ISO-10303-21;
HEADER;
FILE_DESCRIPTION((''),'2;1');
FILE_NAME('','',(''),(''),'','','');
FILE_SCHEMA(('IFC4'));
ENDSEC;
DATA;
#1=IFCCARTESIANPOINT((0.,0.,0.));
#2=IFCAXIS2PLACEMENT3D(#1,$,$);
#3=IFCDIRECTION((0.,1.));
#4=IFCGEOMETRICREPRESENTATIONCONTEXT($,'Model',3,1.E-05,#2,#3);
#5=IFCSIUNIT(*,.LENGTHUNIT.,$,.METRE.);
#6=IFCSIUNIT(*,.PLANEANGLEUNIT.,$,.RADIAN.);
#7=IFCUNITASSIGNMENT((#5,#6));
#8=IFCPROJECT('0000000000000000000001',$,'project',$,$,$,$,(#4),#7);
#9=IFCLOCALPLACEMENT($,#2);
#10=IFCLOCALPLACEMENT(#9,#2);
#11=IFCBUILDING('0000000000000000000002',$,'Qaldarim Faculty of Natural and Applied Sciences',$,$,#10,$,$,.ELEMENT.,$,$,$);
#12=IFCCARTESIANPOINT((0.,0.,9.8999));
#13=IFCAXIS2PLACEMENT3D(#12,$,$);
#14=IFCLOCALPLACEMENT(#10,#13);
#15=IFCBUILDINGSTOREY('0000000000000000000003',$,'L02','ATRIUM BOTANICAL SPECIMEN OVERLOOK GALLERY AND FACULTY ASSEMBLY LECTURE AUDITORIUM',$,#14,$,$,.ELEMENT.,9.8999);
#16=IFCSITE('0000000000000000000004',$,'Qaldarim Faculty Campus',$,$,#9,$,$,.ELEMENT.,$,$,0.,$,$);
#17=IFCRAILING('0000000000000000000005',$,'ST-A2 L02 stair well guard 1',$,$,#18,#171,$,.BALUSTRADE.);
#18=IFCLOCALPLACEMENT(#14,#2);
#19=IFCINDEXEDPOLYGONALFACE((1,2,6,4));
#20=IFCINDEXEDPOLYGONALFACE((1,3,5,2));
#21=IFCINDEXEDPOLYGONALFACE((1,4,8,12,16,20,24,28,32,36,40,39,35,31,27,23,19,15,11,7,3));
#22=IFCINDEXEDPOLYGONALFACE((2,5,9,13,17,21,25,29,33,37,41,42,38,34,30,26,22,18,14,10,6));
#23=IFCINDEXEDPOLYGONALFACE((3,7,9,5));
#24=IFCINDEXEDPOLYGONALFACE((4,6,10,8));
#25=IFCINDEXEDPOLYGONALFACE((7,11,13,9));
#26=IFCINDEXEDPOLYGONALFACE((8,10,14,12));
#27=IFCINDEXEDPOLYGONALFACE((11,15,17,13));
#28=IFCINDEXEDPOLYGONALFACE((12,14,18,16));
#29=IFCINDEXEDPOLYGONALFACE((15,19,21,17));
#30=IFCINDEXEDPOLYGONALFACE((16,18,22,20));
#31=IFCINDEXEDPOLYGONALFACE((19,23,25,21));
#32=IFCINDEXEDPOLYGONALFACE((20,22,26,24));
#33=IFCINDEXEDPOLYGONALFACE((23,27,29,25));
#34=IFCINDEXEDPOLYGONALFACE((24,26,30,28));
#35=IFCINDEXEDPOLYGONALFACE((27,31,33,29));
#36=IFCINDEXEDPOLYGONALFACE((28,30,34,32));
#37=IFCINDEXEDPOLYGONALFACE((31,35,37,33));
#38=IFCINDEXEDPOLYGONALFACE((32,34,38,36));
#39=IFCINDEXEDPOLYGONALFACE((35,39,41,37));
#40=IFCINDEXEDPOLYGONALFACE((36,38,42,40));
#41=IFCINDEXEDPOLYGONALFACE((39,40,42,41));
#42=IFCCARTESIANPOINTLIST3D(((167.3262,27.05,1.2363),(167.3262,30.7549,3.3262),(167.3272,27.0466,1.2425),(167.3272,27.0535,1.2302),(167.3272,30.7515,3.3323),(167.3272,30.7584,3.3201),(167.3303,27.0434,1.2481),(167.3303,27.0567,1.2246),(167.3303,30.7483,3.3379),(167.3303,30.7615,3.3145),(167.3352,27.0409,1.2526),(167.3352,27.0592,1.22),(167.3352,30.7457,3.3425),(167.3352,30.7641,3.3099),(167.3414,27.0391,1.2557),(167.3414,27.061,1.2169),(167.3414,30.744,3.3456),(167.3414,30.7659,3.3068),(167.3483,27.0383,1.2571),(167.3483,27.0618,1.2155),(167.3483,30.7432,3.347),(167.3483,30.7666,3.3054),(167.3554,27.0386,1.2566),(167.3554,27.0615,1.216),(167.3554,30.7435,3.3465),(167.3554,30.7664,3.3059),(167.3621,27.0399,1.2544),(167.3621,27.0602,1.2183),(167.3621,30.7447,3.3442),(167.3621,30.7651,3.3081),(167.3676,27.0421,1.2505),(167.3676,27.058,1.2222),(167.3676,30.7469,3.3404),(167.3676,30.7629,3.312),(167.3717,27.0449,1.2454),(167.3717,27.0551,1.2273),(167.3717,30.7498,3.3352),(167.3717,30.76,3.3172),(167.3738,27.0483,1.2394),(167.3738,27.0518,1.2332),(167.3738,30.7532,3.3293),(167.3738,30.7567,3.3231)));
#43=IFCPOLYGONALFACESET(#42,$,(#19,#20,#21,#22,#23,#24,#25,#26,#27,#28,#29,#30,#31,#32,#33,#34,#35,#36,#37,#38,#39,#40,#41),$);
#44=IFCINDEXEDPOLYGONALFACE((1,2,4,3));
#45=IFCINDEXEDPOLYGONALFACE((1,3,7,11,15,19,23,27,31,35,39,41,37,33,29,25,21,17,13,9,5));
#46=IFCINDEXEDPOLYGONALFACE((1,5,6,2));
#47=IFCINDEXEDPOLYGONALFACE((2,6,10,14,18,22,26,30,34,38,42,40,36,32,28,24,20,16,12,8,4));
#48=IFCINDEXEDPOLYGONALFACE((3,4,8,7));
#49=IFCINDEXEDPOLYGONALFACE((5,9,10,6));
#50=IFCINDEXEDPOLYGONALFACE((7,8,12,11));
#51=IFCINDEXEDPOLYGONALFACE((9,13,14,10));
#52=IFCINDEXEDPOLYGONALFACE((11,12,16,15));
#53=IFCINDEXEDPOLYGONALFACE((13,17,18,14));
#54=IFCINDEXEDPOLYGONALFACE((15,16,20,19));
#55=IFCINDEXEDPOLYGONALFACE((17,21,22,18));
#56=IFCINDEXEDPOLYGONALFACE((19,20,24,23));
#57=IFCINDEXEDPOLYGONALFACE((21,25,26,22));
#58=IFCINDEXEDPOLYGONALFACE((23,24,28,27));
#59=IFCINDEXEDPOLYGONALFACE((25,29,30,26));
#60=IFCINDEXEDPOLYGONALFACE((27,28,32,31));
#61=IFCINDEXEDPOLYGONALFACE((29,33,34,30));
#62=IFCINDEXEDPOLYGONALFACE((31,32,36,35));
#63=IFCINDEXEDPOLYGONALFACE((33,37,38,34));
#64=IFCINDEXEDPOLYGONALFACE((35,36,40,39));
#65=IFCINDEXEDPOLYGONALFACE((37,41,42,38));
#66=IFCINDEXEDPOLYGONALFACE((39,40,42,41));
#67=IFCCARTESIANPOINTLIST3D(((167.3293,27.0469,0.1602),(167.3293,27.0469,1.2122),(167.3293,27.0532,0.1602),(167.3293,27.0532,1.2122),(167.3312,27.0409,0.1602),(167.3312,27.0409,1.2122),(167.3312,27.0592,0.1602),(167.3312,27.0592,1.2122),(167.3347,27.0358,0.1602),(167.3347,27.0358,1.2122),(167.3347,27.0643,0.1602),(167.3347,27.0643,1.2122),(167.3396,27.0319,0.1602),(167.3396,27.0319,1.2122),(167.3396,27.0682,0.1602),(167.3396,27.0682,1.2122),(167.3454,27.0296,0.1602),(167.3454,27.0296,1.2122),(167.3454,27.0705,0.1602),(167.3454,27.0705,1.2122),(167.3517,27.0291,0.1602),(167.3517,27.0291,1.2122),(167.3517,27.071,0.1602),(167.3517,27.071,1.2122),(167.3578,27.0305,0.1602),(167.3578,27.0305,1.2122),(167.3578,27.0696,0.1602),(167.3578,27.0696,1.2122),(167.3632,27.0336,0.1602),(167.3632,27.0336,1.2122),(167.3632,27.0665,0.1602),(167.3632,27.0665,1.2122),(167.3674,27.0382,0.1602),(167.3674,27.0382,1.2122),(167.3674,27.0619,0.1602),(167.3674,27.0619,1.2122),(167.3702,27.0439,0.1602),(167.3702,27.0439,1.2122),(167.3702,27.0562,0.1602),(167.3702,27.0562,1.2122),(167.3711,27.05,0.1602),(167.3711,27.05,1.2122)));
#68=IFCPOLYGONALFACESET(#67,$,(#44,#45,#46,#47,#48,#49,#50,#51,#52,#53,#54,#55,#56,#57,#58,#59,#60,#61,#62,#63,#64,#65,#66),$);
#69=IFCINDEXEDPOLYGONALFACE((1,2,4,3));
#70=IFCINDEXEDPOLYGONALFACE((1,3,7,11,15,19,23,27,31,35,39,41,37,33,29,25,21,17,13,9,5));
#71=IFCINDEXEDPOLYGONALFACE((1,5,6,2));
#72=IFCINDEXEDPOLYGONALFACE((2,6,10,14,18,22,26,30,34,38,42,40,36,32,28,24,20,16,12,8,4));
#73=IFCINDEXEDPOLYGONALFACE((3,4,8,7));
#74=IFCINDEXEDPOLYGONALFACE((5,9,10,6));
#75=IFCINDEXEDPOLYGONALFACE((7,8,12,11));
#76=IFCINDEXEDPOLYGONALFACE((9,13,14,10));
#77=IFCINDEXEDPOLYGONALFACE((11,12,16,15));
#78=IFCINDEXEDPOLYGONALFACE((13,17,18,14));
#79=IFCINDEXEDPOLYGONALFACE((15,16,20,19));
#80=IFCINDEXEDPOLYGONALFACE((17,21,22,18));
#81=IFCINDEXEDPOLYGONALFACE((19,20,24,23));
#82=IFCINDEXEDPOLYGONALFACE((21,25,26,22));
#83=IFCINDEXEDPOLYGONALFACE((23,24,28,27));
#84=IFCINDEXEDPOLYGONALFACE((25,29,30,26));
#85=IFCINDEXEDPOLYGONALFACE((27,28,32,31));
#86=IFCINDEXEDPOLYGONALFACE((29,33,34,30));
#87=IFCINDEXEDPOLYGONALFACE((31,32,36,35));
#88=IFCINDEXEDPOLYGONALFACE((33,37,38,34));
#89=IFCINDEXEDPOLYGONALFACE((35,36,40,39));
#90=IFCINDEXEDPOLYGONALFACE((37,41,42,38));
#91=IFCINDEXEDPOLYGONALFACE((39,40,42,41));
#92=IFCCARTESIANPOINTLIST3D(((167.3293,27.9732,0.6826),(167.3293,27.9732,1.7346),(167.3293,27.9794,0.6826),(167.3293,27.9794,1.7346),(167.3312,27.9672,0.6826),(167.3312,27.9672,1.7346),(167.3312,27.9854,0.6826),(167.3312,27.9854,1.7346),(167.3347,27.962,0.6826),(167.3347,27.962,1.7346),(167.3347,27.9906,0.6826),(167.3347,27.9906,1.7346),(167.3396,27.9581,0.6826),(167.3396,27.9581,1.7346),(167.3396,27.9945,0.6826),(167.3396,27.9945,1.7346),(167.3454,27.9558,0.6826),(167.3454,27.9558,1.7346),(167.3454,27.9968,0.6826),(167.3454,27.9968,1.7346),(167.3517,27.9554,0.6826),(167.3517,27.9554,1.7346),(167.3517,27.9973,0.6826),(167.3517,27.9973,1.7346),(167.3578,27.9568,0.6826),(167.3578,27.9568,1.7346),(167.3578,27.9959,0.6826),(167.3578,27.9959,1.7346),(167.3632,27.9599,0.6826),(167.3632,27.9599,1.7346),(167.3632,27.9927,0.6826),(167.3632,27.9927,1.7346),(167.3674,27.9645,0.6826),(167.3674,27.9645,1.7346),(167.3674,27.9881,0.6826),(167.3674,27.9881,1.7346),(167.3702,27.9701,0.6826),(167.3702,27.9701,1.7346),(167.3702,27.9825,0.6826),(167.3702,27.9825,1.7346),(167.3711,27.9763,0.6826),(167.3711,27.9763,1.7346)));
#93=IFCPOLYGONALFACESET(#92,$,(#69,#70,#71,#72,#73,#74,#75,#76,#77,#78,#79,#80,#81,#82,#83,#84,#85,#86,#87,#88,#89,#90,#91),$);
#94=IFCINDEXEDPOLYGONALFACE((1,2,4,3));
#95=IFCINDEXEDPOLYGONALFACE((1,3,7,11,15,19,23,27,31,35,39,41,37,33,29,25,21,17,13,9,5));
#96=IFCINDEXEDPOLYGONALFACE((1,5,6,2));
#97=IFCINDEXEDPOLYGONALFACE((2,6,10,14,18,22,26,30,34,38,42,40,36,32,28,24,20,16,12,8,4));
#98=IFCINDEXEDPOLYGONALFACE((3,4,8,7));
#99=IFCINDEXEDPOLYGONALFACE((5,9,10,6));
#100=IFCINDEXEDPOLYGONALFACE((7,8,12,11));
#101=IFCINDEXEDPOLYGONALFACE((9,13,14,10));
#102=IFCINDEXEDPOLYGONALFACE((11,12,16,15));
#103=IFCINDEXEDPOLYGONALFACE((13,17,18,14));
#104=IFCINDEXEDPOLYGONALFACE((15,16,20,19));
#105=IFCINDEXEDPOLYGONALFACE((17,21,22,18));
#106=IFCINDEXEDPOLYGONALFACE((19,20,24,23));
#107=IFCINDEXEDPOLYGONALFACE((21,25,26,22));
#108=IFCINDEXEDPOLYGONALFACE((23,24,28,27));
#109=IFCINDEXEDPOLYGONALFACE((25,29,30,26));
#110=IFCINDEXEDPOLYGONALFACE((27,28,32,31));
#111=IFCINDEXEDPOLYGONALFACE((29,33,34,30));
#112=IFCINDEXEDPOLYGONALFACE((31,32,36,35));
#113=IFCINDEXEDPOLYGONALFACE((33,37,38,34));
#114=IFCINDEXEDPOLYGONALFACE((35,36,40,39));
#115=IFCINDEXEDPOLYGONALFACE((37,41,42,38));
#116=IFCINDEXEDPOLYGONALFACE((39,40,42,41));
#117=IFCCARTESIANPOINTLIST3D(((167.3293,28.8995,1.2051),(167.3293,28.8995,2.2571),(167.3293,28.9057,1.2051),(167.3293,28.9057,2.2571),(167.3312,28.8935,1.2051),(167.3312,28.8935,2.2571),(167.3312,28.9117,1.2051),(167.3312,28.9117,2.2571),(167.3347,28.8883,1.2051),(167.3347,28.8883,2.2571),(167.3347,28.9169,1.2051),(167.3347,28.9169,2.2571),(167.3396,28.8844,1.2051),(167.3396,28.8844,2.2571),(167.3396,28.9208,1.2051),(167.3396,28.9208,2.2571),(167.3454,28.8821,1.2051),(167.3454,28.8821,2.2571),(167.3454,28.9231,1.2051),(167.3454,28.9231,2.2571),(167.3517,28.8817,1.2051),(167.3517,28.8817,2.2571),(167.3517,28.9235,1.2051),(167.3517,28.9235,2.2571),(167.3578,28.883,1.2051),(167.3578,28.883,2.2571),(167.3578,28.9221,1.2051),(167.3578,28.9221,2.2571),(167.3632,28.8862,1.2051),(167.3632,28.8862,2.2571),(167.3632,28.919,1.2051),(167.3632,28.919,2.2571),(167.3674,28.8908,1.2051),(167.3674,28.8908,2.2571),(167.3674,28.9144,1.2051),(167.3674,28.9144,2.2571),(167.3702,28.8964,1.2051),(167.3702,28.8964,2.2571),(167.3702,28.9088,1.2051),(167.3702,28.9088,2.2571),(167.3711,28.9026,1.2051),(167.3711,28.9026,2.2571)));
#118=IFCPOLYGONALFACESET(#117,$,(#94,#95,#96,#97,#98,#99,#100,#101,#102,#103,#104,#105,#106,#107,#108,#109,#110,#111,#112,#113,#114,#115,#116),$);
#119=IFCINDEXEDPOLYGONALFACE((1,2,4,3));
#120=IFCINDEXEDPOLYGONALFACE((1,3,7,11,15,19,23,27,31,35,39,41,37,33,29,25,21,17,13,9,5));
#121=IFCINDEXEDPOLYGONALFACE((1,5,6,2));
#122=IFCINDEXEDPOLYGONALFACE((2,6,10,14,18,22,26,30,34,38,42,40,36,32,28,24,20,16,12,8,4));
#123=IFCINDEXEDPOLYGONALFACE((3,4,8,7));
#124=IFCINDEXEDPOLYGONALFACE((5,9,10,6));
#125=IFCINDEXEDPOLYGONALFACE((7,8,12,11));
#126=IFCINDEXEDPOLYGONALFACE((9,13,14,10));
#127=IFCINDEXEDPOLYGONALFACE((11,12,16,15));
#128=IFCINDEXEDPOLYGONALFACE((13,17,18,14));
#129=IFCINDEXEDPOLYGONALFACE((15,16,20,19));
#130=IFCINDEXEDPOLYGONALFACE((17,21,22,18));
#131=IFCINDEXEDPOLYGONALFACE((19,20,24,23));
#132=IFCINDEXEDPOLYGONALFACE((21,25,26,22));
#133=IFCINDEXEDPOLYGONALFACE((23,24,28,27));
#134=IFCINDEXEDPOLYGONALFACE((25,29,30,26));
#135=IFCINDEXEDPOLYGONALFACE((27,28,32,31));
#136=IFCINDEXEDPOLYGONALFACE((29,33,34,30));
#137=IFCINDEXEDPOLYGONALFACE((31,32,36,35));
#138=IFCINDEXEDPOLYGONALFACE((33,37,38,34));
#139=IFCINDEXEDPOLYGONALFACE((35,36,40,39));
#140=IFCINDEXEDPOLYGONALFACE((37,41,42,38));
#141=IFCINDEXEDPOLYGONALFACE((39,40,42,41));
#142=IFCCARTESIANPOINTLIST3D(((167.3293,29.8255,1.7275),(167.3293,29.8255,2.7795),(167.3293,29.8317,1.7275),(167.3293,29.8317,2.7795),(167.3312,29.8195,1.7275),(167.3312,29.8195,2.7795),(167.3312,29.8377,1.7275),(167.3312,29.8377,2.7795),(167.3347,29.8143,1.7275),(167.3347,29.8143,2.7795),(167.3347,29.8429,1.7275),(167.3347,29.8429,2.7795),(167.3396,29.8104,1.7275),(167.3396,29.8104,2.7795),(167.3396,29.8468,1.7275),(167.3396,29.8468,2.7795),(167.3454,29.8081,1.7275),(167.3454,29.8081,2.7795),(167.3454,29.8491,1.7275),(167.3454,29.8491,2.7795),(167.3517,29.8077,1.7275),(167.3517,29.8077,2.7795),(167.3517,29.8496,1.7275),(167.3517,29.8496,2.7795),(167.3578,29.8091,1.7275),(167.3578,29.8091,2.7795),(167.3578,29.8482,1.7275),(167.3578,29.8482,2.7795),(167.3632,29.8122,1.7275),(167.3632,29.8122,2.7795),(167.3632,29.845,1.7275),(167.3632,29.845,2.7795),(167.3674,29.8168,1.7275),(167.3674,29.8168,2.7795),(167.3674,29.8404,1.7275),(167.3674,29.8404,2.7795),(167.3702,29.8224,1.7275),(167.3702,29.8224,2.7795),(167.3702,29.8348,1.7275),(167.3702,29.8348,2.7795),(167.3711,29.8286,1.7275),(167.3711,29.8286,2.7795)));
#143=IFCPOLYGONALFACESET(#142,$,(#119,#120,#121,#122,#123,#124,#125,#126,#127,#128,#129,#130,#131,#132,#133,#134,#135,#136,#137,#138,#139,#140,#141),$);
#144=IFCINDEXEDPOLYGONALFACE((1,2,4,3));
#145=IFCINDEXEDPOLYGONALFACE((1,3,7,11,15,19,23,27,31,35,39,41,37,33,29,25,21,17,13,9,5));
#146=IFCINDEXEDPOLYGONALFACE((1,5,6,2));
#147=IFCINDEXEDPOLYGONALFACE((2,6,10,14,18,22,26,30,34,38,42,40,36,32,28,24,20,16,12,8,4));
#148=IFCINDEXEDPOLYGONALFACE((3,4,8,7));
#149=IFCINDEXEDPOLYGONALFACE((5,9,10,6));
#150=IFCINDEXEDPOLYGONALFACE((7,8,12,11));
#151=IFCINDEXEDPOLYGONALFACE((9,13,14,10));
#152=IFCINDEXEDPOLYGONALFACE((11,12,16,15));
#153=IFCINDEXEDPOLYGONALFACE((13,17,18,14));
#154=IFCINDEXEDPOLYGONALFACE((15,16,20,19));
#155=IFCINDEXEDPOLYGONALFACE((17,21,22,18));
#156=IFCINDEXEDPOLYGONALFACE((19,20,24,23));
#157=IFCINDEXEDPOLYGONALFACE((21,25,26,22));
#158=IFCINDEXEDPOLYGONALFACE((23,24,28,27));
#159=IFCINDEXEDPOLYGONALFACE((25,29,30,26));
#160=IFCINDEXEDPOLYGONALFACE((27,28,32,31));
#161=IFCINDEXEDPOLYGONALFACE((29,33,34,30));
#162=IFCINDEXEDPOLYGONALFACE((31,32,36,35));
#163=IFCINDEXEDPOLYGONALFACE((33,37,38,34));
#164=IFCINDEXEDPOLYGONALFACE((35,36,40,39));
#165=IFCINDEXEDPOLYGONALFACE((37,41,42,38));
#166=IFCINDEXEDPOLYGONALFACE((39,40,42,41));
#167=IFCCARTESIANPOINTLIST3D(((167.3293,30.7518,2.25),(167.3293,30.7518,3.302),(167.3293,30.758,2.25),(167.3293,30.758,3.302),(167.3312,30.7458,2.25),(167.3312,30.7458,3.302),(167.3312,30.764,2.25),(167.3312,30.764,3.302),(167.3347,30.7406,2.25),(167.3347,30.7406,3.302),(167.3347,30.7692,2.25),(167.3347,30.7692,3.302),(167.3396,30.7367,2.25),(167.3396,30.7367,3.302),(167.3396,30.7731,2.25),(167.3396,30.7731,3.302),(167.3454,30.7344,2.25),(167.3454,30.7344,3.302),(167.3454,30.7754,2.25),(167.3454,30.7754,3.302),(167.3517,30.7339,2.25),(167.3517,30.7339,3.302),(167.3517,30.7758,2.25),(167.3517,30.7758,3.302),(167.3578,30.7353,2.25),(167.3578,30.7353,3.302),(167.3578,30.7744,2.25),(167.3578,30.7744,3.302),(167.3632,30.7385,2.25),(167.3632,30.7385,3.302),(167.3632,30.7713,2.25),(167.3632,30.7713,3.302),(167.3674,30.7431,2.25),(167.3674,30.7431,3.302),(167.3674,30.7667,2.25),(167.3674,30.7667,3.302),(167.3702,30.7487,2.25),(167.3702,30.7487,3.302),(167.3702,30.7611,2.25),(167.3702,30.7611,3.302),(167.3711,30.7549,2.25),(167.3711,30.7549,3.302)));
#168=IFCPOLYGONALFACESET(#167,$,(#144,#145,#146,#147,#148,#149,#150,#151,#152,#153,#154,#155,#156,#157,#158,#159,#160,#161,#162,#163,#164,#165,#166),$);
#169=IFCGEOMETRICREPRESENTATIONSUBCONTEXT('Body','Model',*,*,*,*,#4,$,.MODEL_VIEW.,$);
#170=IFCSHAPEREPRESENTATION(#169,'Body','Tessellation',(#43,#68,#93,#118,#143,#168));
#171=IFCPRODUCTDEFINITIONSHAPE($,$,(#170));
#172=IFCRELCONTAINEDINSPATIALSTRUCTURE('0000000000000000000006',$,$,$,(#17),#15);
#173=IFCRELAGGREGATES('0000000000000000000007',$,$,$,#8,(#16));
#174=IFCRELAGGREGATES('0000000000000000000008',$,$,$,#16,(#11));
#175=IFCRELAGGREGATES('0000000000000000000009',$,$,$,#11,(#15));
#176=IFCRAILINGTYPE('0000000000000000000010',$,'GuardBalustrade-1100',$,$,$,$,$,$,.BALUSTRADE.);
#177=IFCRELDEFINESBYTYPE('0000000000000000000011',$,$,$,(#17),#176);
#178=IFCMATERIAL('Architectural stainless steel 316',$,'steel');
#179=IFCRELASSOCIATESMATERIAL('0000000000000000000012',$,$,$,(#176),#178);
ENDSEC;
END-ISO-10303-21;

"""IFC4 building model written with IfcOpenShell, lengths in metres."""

from ifc_helpers import new_model, si_unit, direction, frame, origin, origin_2d, place, context, subcontext, project, spatial, circle, extrude, material, type_object, element, save


model = new_model("IFC4")

# Units and contexts
model_context = context("Model", 3, precision=1e-05, world=origin(), true_north=direction((0.0, 1.0)))
body_context = subcontext(model_context, "Body", "Model", "MODEL_VIEW")
ifc_project = project(units=[si_unit("LENGTHUNIT", "METRE"), si_unit("PLANEANGLEUNIT", "RADIAN")], contexts=[model_context])

# Site, building, storey
site_placement = place(None, origin())
site = spatial("IfcSite", under=ifc_project, at=site_placement, Name="Qaldarim Faculty Campus", CompositionType="ELEMENT", RefElevation=0.0)
building_placement = place(site_placement, origin())
building = spatial("IfcBuilding", under=site, at=building_placement, Name="Qaldarim Faculty of Natural and Applied Sciences", CompositionType="ELEMENT")
storey_placement = place(building_placement, frame((0.0, 0.0, 9.8999)))
storey = spatial("IfcBuildingStorey", under=building, at=storey_placement, Name="L02", Description="ATRIUM BOTANICAL SPECIMEN OVERLOOK GALLERY AND FACULTY ASSEMBLY LECTURE AUDITORIUM", CompositionType="ELEMENT", Elevation=9.8999)

# Railing
ifc_material_1 = material(Name="Architectural stainless steel 316", Category="steel")
railing_type_1 = type_object("IfcRailingType", Name="GuardBalustrade-1100", PredefinedType="BALUSTRADE", material=ifc_material_1)
railing_1_placement = place(storey_placement, frame((167.3501, 27.05, 0.1602)))
element("IfcRailing", 1, at=railing_1_placement, inside=storey, type_object=railing_type_1, Name="ST-A2 L02 stair well guard 1", PredefinedType="BALUSTRADE", context=body_context, shape_type="SweptSolid", body=[
    extrude(circle(Radius=0.0239, at=origin_2d()), frame((0.0, 0.0, 1.0762), z_axis=(0.0, 0.870985, 0.49131), x_axis=(-1.0, 0.0, 0.0)), (0.0, 0.0, 1.0), 4.2537),
    extrude(circle(Radius=0.021, at=origin_2d()), origin(), (0.0, 0.0, 1.0), 1.052),
    extrude(circle(Radius=0.021, at=origin_2d()), frame((0.0, 0.9263, 0.5225)), (0.0, 0.0, 1.0), 1.052),
    extrude(circle(Radius=0.021, at=origin_2d()), frame((0.0, 1.8525, 1.0449)), (0.0, 0.0, 1.0), 1.052),
    extrude(circle(Radius=0.021, at=origin_2d()), frame((0.0, 2.7786, 1.5674)), (0.0, 0.0, 1.0), 1.052),
    extrude(circle(Radius=0.021, at=origin_2d()), frame((0.0, 3.7048, 2.0898)), (0.0, 0.0, 1.0), 1.052),
])

save(model, "model.ifc")
